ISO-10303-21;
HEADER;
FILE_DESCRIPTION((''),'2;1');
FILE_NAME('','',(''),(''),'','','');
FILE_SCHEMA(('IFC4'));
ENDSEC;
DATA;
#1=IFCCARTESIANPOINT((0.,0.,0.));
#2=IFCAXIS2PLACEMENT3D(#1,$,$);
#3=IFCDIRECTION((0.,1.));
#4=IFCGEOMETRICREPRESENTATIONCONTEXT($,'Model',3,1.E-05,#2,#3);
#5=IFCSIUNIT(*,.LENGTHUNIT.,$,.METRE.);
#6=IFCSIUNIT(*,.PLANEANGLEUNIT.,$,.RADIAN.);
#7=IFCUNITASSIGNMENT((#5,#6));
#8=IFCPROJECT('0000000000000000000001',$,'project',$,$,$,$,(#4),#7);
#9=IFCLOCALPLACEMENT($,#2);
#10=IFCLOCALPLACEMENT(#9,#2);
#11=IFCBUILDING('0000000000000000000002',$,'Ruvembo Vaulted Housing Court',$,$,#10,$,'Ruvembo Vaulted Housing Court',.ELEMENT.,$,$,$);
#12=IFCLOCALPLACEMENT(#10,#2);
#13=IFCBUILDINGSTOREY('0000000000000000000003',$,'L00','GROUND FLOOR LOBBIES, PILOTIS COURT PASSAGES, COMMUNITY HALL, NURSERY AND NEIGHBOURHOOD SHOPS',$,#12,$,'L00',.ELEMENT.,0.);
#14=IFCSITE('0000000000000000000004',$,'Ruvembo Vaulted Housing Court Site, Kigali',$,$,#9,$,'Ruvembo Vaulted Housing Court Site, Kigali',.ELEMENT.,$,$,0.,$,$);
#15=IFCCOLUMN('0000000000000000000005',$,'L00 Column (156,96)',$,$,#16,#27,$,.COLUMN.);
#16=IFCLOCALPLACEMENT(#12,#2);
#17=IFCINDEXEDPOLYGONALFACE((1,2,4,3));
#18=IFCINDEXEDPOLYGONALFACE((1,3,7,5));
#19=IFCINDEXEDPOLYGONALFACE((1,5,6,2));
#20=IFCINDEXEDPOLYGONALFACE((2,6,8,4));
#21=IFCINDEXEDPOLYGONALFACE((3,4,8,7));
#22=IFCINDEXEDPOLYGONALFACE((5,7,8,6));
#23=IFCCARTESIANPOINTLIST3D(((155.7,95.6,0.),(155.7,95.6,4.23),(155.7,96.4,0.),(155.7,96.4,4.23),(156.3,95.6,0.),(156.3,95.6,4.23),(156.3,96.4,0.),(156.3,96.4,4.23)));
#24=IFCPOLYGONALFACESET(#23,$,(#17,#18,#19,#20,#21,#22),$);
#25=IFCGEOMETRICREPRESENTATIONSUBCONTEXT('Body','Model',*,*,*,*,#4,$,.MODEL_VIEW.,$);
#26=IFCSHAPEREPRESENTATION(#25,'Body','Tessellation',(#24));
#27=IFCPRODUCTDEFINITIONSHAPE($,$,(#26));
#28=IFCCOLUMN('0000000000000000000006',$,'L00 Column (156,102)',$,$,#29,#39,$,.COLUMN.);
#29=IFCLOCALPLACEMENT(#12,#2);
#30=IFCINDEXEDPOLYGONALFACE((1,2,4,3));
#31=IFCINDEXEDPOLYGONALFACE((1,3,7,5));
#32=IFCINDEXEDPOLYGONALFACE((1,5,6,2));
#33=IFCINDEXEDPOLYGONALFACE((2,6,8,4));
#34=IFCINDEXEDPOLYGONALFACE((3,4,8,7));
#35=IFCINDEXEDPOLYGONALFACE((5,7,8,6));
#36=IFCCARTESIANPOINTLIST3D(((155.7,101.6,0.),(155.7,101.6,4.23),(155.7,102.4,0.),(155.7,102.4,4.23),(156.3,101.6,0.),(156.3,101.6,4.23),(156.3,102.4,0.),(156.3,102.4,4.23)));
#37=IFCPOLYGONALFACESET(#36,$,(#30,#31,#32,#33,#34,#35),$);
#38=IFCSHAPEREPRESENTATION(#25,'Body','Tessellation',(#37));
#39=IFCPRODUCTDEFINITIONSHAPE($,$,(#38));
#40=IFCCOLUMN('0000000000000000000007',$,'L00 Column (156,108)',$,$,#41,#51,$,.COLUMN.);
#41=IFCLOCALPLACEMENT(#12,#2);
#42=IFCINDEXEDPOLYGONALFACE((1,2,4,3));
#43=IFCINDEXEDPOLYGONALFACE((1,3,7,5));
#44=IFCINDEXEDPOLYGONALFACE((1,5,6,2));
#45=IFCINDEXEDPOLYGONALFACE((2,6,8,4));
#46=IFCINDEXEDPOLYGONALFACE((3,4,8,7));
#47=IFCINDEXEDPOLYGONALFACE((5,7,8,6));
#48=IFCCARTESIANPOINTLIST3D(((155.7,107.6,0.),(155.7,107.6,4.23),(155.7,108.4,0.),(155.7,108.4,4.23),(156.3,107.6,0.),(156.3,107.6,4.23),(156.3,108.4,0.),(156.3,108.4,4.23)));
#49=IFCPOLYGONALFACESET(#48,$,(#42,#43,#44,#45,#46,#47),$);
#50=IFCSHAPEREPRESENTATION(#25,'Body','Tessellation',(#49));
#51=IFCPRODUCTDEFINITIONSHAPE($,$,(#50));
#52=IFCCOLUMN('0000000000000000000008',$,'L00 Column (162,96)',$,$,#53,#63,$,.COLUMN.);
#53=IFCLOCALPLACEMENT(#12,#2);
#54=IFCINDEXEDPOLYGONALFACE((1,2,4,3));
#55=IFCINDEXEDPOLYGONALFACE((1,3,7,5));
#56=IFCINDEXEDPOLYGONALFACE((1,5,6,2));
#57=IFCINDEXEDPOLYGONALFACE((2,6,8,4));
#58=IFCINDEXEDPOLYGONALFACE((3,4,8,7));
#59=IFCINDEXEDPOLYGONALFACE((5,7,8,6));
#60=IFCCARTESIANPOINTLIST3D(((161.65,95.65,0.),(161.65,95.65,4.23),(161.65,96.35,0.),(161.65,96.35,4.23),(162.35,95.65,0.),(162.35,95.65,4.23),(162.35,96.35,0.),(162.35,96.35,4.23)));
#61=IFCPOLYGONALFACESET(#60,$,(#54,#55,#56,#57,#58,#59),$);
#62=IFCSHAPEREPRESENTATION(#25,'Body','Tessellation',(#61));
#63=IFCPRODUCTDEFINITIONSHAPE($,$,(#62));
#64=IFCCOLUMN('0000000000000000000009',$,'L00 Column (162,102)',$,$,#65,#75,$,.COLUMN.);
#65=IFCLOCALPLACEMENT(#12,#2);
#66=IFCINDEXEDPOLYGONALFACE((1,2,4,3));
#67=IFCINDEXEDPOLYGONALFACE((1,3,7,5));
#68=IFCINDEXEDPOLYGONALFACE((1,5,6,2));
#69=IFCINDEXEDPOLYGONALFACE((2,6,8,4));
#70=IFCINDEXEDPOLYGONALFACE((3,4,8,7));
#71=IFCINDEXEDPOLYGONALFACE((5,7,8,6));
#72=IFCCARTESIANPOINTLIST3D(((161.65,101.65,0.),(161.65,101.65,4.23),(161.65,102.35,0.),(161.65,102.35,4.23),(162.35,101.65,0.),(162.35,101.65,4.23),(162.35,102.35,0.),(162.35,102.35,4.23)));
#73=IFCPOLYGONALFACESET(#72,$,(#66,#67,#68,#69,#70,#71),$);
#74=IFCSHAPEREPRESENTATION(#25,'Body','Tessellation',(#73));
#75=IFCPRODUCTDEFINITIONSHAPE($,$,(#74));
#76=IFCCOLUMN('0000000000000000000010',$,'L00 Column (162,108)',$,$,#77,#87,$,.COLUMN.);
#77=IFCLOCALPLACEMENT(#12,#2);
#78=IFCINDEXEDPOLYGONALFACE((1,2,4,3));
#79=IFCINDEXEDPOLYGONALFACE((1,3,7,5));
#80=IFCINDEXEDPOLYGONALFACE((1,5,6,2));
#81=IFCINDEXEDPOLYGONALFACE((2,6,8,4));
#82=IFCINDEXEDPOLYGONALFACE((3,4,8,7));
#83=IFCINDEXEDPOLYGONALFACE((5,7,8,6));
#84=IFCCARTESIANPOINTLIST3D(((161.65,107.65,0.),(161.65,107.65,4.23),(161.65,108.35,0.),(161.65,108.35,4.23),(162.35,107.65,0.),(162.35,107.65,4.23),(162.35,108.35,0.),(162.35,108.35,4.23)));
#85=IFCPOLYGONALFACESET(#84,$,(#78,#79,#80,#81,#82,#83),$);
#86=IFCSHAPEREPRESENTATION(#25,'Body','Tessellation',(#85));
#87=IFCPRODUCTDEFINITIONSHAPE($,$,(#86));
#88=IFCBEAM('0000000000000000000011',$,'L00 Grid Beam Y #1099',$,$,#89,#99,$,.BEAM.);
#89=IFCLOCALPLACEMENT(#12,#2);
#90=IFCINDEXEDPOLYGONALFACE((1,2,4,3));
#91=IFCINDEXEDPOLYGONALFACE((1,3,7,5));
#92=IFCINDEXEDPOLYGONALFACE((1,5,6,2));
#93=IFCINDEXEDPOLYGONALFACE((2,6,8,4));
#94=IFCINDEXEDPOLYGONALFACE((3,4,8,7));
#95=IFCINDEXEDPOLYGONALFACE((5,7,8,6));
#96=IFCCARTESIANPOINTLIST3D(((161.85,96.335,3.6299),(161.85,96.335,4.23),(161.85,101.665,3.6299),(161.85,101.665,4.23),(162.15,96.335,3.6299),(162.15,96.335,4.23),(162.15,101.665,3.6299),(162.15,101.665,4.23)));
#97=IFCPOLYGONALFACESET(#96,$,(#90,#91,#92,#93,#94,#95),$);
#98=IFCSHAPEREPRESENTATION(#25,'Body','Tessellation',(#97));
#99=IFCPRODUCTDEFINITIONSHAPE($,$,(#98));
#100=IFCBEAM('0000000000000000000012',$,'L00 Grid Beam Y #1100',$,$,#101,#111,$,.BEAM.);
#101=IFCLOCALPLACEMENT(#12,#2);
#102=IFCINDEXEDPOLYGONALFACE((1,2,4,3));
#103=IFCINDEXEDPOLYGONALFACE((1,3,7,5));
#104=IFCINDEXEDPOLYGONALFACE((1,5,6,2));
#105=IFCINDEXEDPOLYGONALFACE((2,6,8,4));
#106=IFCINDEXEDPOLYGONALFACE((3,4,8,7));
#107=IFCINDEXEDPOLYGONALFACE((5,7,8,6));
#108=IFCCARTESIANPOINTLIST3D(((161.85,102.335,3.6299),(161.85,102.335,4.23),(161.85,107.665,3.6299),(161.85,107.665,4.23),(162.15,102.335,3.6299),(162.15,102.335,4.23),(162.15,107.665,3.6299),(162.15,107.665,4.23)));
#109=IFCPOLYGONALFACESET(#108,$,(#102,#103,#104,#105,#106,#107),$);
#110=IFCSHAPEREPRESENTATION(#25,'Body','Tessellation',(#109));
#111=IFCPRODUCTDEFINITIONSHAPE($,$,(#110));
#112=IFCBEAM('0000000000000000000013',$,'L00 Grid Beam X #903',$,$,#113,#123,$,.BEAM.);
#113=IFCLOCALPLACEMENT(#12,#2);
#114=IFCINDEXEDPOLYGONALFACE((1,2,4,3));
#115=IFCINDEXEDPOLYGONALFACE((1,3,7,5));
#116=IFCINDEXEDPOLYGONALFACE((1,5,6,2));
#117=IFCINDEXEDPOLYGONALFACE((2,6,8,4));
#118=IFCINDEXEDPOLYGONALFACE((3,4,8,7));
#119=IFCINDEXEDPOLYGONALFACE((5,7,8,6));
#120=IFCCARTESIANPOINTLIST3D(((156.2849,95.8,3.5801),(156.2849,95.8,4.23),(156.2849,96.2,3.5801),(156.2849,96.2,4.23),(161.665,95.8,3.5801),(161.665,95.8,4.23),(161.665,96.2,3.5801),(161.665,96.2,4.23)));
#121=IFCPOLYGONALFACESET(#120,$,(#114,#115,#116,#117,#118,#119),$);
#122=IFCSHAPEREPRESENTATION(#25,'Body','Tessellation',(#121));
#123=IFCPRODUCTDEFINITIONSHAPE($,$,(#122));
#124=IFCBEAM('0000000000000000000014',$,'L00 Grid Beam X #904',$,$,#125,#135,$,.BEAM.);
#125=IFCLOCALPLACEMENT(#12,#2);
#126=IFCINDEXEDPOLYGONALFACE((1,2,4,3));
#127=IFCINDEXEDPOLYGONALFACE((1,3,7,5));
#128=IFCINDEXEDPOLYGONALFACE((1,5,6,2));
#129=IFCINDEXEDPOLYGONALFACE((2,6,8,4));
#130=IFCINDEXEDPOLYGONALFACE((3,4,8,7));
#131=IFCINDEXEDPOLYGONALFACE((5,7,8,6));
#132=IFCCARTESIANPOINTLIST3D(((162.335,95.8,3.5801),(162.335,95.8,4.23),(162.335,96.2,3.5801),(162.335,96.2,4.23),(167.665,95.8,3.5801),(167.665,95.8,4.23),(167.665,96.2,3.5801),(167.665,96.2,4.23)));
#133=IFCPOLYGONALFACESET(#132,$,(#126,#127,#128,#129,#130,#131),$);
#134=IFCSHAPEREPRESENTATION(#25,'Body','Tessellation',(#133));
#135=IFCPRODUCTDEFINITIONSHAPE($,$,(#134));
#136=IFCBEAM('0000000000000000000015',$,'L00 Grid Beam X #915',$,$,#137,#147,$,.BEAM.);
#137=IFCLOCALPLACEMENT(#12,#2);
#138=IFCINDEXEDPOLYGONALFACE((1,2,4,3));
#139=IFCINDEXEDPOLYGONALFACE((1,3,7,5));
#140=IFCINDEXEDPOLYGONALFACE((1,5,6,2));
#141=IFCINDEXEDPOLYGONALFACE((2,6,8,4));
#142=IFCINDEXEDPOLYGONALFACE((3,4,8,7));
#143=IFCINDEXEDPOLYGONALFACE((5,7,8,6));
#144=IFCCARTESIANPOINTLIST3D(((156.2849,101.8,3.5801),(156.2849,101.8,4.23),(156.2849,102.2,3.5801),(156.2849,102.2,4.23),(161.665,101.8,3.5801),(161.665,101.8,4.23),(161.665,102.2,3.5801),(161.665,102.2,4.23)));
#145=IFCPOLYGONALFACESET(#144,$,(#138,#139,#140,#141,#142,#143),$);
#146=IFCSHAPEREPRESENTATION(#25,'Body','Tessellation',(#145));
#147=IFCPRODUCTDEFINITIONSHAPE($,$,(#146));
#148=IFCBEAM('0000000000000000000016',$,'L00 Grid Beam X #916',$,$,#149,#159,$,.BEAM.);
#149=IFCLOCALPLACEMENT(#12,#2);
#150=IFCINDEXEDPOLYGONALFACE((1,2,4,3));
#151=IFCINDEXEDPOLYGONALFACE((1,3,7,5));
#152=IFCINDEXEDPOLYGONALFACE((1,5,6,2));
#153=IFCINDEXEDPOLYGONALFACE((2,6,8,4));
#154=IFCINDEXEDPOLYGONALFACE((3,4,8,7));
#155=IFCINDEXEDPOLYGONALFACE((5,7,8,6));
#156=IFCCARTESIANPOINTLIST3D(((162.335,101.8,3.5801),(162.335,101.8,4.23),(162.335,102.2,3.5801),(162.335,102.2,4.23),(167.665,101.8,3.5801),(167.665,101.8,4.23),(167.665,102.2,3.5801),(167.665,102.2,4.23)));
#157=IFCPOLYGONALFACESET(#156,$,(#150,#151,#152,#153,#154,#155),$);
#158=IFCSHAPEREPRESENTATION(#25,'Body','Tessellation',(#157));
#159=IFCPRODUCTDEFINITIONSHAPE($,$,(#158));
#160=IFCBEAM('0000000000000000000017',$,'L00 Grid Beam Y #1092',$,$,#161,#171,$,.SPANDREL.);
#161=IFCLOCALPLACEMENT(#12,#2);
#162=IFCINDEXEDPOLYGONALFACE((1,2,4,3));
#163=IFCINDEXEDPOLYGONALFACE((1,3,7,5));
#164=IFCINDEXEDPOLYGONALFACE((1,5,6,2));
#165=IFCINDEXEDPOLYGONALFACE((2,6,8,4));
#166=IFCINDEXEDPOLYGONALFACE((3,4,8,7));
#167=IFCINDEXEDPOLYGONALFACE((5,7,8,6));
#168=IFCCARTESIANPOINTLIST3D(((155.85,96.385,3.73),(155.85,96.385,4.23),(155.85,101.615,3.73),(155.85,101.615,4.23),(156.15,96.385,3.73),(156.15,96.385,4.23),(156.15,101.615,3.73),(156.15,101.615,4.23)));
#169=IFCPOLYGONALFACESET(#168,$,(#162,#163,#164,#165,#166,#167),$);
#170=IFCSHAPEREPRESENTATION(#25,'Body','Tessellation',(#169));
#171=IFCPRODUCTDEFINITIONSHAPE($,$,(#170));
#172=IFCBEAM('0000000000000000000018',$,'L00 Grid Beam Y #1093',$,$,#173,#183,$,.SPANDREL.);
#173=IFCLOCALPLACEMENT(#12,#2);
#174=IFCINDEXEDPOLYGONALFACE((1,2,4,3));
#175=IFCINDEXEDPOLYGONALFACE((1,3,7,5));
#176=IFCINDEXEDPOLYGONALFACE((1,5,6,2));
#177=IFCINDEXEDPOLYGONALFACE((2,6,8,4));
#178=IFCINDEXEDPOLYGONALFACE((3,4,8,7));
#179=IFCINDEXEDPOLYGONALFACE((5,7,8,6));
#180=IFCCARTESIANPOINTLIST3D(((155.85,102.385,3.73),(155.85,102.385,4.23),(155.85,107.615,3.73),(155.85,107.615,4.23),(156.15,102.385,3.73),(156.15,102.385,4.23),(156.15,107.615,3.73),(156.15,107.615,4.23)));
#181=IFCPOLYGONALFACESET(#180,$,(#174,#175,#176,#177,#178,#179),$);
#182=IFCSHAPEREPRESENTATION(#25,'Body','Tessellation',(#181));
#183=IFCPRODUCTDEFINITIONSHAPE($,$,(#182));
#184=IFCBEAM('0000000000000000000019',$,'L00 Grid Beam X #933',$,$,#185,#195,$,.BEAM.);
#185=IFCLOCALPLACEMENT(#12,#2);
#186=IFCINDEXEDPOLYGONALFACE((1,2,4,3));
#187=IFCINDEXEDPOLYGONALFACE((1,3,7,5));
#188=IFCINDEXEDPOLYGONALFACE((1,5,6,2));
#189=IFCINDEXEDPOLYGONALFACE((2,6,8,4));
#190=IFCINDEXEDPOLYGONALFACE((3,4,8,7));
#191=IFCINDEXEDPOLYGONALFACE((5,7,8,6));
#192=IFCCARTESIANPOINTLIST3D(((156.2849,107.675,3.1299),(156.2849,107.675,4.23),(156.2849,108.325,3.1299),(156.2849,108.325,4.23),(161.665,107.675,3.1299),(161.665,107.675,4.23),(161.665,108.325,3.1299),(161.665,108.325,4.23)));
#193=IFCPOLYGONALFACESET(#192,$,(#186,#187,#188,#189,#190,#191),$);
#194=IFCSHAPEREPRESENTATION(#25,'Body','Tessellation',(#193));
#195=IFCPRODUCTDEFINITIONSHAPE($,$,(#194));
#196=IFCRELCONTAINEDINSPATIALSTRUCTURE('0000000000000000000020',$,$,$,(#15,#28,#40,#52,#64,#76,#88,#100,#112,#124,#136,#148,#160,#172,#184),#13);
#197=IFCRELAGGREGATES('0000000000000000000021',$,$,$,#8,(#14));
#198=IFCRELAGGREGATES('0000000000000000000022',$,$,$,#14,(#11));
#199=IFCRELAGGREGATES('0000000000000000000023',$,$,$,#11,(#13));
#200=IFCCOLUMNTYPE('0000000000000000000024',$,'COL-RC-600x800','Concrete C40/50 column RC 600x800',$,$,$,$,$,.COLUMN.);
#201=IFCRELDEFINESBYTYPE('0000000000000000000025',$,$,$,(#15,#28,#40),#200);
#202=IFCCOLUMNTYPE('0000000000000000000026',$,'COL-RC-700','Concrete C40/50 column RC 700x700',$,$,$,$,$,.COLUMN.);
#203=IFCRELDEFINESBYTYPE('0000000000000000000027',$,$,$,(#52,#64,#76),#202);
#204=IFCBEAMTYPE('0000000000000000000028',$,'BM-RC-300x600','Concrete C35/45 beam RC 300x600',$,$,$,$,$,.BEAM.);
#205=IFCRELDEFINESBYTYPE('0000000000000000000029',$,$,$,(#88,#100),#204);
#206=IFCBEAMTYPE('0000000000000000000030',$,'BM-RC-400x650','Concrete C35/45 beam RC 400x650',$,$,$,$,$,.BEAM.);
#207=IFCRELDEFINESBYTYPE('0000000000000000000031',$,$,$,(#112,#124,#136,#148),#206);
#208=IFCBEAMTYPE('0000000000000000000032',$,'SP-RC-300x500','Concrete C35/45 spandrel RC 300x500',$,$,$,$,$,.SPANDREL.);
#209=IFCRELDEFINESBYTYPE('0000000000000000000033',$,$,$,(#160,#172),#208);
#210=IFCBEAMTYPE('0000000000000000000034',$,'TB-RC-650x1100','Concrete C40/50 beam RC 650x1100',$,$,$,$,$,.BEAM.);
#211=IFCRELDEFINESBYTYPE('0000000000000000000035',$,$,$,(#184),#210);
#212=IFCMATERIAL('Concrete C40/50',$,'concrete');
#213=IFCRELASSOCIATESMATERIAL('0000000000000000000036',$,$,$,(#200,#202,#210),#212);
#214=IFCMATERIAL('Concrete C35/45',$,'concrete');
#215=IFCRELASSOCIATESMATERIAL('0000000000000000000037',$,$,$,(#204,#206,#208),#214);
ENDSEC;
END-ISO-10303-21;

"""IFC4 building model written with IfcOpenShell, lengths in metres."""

from ifc_helpers import new_model, si_unit, direction, frame, origin, origin_2d, place, context, subcontext, project, spatial, rectangle, extrude, material, material_profile, profile_set, type_object, element, save


model = new_model("IFC4")

# Units and contexts
model_context = context("Model", 3, precision=1e-05, world=origin(), true_north=direction((0.0, 1.0)))
body_context = subcontext(model_context, "Body", "Model", "MODEL_VIEW")
ifc_project = project(units=[si_unit("LENGTHUNIT", "METRE"), si_unit("PLANEANGLEUNIT", "RADIAN")], contexts=[model_context])

# Site, building, storey
site_placement = place(None, origin())
site = spatial("IfcSite", under=ifc_project, at=site_placement, Name="Ruvembo Vaulted Housing Court Site, Kigali", LongName="Ruvembo Vaulted Housing Court Site, Kigali", CompositionType="ELEMENT", RefElevation=0.0)
building_placement = place(site_placement, origin())
building = spatial("IfcBuilding", under=site, at=building_placement, Name="Ruvembo Vaulted Housing Court", LongName="Ruvembo Vaulted Housing Court", CompositionType="ELEMENT")
storey_placement = place(building_placement, origin())
storey = spatial("IfcBuildingStorey", under=building, at=storey_placement, Name="L00", Description="GROUND FLOOR LOBBIES, PILOTIS COURT PASSAGES, COMMUNITY HALL, NURSERY AND NEIGHBOURHOOD SHOPS", LongName="L00", CompositionType="ELEMENT", Elevation=0.0)

# Columns
ifc_material_1 = material(Name="Concrete C40/50", Category="concrete")
ifc_material_profile_1 = material_profile(ifc_material_1, rectangle(XDim=0.6001, YDim=0.8, at=origin_2d()), Name="RC 600x800")
ifc_profile_set_1 = profile_set([ifc_material_profile_1], Name="Concrete C40/50")
column_type_1 = type_object("IfcColumnType", Name="COL-RC-600x800", Description="Concrete C40/50 column RC 600x800", PredefinedType="COLUMN", material=ifc_profile_set_1)
for number, where, z_axis, x_axis, name in (
    (1, (156.0, 96.0, 0.0), (0.0, 0.0, 1.0), (1.0, 0.0, 0.0), "L00 Column (156,96)"),
    (2, (156.0, 102.0, 0.0), (0.0, 0.0, 1.0), (1.0, 0.0, 0.0), "L00 Column (156,102)"),
    (3, (156.0, 108.0, 0.0), (0.0, 0.0, 1.0), (1.0, 0.0, 0.0), "L00 Column (156,108)"),
):
    element("IfcColumn", number, at=place(storey_placement, frame(where, z_axis=z_axis, x_axis=x_axis)), inside=storey, type_object=column_type_1, Name=name, PredefinedType="COLUMN", context=body_context, shape_type="SweptSolid", body=[
        extrude(rectangle(XDim=0.6001, YDim=0.8, at=origin_2d()), origin(), (0.0, 0.0, 1.0), 4.23),
    ])
ifc_material_profile_2 = material_profile(ifc_material_1, rectangle(XDim=0.7, YDim=0.7, at=origin_2d()), Name="RC 700x700")
ifc_profile_set_2 = profile_set([ifc_material_profile_2], Name="Concrete C40/50")
column_type_2 = type_object("IfcColumnType", Name="COL-RC-700", Description="Concrete C40/50 column RC 700x700", PredefinedType="COLUMN", material=ifc_profile_set_2)
for number, where, z_axis, x_axis, name in (
    (4, (162.0, 96.0, 0.0), (0.0, 0.0, 1.0), (1.0, 0.0, 0.0), "L00 Column (162,96)"),
    (5, (162.0, 102.0, 0.0), (0.0, 0.0, 1.0), (1.0, 0.0, 0.0), "L00 Column (162,102)"),
    (6, (162.0, 108.0, 0.0), (0.0, 0.0, 1.0), (1.0, 0.0, 0.0), "L00 Column (162,108)"),
):
    element("IfcColumn", number, at=place(storey_placement, frame(where, z_axis=z_axis, x_axis=x_axis)), inside=storey, type_object=column_type_2, Name=name, PredefinedType="COLUMN", context=body_context, shape_type="SweptSolid", body=[
        extrude(rectangle(XDim=0.7, YDim=0.7, at=origin_2d()), origin(), (0.0, 0.0, 1.0), 4.23),
    ])

# Beams
ifc_material_2 = material(Name="Concrete C35/45", Category="concrete")
ifc_material_profile_3 = material_profile(ifc_material_2, rectangle(XDim=0.3, YDim=0.6001, at=origin_2d()), Name="RC 300x600")
ifc_profile_set_3 = profile_set([ifc_material_profile_3], Name="Concrete C35/45")
beam_type_1 = type_object("IfcBeamType", Name="BM-RC-300x600", Description="Concrete C35/45 beam RC 300x600", PredefinedType="BEAM", material=ifc_profile_set_3)
for number, where, z_axis, x_axis, name in (
    (7, (162.0, 96.335, 3.9299), (0.0, 1.0, 0.0), (-1.0, 0.0, 0.0), "L00 Grid Beam Y #1099"),
    (8, (162.0, 102.335, 3.9299), (0.0, 1.0, 0.0), (-1.0, 0.0, 0.0), "L00 Grid Beam Y #1100"),
):
    element("IfcBeam", number, at=place(storey_placement, frame(where, z_axis=z_axis, x_axis=x_axis)), inside=storey, type_object=beam_type_1, Name=name, PredefinedType="BEAM", context=body_context, shape_type="SweptSolid", body=[
        extrude(rectangle(XDim=0.3, YDim=0.6001, at=origin_2d()), origin(), (0.0, 0.0, 1.0), 5.3301),
    ])
ifc_material_profile_4 = material_profile(ifc_material_2, rectangle(XDim=0.3999, YDim=0.6499, at=origin_2d()), Name="RC 400x650")
ifc_profile_set_4 = profile_set([ifc_material_profile_4], Name="Concrete C35/45")
beam_type_2 = type_object("IfcBeamType", Name="BM-RC-400x650", Description="Concrete C35/45 beam RC 400x650", PredefinedType="BEAM", material=ifc_profile_set_4)
beam_1_placement = place(storey_placement, frame((156.2849, 96.0, 3.905), z_axis=(1.0, 0.0, 0.0), x_axis=(0.0, 1.0, 0.0)))
element("IfcBeam", 9, at=beam_1_placement, inside=storey, type_object=beam_type_2, Name="L00 Grid Beam X #903", PredefinedType="BEAM", context=body_context, shape_type="SweptSolid", body=[
    extrude(rectangle(XDim=0.3999, YDim=0.6499, at=origin_2d()), origin(), (0.0, 0.0, 1.0), 5.3801),
])
beam_2_placement = place(storey_placement, frame((162.335, 96.0, 3.905), z_axis=(1.0, 0.0, 0.0), x_axis=(0.0, 1.0, 0.0)))
element("IfcBeam", 10, at=beam_2_placement, inside=storey, type_object=beam_type_2, Name="L00 Grid Beam X #904", PredefinedType="BEAM", context=body_context, shape_type="SweptSolid", body=[
    extrude(rectangle(XDim=0.3999, YDim=0.6499, at=origin_2d()), origin(), (0.0, 0.0, 1.0), 5.3301),
])
beam_3_placement = place(storey_placement, frame((156.2849, 102.0, 3.905), z_axis=(1.0, 0.0, 0.0), x_axis=(0.0, 1.0, 0.0)))
element("IfcBeam", 11, at=beam_3_placement, inside=storey, type_object=beam_type_2, Name="L00 Grid Beam X #915", PredefinedType="BEAM", context=body_context, shape_type="SweptSolid", body=[
    extrude(rectangle(XDim=0.3999, YDim=0.6499, at=origin_2d()), origin(), (0.0, 0.0, 1.0), 5.3801),
])
beam_4_placement = place(storey_placement, frame((162.335, 102.0, 3.905), z_axis=(1.0, 0.0, 0.0), x_axis=(0.0, 1.0, 0.0)))
element("IfcBeam", 12, at=beam_4_placement, inside=storey, type_object=beam_type_2, Name="L00 Grid Beam X #916", PredefinedType="BEAM", context=body_context, shape_type="SweptSolid", body=[
    extrude(rectangle(XDim=0.3999, YDim=0.6499, at=origin_2d()), origin(), (0.0, 0.0, 1.0), 5.3301),
])
ifc_material_profile_5 = material_profile(ifc_material_2, rectangle(XDim=0.3, YDim=0.5, at=origin_2d()), Name="RC 300x500")
ifc_profile_set_5 = profile_set([ifc_material_profile_5], Name="Concrete C35/45")
beam_type_3 = type_object("IfcBeamType", Name="SP-RC-300x500", Description="Concrete C35/45 spandrel RC 300x500", PredefinedType="SPANDREL", material=ifc_profile_set_5)
for number, where, z_axis, x_axis, name in (
    (13, (156.0, 96.385, 3.98), (0.0, 1.0, 0.0), (-1.0, 0.0, 0.0), "L00 Grid Beam Y #1092"),
    (14, (156.0, 102.385, 3.98), (0.0, 1.0, 0.0), (-1.0, 0.0, 0.0), "L00 Grid Beam Y #1093"),
):
    element("IfcBeam", number, at=place(storey_placement, frame(where, z_axis=z_axis, x_axis=x_axis)), inside=storey, type_object=beam_type_3, Name=name, PredefinedType="SPANDREL", context=body_context, shape_type="SweptSolid", body=[
        extrude(rectangle(XDim=0.3, YDim=0.5, at=origin_2d()), origin(), (0.0, 0.0, 1.0), 5.23),
    ])
ifc_material_profile_6 = material_profile(ifc_material_1, rectangle(XDim=0.6499, YDim=1.1001, at=origin_2d()), Name="RC 650x1100")
ifc_profile_set_6 = profile_set([ifc_material_profile_6], Name="Concrete C40/50")
beam_type_4 = type_object("IfcBeamType", Name="TB-RC-650x1100", Description="Concrete C40/50 beam RC 650x1100", PredefinedType="BEAM", material=ifc_profile_set_6)
beam_5_placement = place(storey_placement, frame((156.2849, 108.0, 3.6799), z_axis=(1.0, 0.0, 0.0), x_axis=(0.0, 1.0, 0.0)))
element("IfcBeam", 15, at=beam_5_placement, inside=storey, type_object=beam_type_4, Name="L00 Grid Beam X #933", PredefinedType="BEAM", context=body_context, shape_type="SweptSolid", body=[
    extrude(rectangle(XDim=0.6499, YDim=1.1001, at=origin_2d()), origin(), (0.0, 0.0, 1.0), 5.3801),
])

save(model, "model.ifc")
